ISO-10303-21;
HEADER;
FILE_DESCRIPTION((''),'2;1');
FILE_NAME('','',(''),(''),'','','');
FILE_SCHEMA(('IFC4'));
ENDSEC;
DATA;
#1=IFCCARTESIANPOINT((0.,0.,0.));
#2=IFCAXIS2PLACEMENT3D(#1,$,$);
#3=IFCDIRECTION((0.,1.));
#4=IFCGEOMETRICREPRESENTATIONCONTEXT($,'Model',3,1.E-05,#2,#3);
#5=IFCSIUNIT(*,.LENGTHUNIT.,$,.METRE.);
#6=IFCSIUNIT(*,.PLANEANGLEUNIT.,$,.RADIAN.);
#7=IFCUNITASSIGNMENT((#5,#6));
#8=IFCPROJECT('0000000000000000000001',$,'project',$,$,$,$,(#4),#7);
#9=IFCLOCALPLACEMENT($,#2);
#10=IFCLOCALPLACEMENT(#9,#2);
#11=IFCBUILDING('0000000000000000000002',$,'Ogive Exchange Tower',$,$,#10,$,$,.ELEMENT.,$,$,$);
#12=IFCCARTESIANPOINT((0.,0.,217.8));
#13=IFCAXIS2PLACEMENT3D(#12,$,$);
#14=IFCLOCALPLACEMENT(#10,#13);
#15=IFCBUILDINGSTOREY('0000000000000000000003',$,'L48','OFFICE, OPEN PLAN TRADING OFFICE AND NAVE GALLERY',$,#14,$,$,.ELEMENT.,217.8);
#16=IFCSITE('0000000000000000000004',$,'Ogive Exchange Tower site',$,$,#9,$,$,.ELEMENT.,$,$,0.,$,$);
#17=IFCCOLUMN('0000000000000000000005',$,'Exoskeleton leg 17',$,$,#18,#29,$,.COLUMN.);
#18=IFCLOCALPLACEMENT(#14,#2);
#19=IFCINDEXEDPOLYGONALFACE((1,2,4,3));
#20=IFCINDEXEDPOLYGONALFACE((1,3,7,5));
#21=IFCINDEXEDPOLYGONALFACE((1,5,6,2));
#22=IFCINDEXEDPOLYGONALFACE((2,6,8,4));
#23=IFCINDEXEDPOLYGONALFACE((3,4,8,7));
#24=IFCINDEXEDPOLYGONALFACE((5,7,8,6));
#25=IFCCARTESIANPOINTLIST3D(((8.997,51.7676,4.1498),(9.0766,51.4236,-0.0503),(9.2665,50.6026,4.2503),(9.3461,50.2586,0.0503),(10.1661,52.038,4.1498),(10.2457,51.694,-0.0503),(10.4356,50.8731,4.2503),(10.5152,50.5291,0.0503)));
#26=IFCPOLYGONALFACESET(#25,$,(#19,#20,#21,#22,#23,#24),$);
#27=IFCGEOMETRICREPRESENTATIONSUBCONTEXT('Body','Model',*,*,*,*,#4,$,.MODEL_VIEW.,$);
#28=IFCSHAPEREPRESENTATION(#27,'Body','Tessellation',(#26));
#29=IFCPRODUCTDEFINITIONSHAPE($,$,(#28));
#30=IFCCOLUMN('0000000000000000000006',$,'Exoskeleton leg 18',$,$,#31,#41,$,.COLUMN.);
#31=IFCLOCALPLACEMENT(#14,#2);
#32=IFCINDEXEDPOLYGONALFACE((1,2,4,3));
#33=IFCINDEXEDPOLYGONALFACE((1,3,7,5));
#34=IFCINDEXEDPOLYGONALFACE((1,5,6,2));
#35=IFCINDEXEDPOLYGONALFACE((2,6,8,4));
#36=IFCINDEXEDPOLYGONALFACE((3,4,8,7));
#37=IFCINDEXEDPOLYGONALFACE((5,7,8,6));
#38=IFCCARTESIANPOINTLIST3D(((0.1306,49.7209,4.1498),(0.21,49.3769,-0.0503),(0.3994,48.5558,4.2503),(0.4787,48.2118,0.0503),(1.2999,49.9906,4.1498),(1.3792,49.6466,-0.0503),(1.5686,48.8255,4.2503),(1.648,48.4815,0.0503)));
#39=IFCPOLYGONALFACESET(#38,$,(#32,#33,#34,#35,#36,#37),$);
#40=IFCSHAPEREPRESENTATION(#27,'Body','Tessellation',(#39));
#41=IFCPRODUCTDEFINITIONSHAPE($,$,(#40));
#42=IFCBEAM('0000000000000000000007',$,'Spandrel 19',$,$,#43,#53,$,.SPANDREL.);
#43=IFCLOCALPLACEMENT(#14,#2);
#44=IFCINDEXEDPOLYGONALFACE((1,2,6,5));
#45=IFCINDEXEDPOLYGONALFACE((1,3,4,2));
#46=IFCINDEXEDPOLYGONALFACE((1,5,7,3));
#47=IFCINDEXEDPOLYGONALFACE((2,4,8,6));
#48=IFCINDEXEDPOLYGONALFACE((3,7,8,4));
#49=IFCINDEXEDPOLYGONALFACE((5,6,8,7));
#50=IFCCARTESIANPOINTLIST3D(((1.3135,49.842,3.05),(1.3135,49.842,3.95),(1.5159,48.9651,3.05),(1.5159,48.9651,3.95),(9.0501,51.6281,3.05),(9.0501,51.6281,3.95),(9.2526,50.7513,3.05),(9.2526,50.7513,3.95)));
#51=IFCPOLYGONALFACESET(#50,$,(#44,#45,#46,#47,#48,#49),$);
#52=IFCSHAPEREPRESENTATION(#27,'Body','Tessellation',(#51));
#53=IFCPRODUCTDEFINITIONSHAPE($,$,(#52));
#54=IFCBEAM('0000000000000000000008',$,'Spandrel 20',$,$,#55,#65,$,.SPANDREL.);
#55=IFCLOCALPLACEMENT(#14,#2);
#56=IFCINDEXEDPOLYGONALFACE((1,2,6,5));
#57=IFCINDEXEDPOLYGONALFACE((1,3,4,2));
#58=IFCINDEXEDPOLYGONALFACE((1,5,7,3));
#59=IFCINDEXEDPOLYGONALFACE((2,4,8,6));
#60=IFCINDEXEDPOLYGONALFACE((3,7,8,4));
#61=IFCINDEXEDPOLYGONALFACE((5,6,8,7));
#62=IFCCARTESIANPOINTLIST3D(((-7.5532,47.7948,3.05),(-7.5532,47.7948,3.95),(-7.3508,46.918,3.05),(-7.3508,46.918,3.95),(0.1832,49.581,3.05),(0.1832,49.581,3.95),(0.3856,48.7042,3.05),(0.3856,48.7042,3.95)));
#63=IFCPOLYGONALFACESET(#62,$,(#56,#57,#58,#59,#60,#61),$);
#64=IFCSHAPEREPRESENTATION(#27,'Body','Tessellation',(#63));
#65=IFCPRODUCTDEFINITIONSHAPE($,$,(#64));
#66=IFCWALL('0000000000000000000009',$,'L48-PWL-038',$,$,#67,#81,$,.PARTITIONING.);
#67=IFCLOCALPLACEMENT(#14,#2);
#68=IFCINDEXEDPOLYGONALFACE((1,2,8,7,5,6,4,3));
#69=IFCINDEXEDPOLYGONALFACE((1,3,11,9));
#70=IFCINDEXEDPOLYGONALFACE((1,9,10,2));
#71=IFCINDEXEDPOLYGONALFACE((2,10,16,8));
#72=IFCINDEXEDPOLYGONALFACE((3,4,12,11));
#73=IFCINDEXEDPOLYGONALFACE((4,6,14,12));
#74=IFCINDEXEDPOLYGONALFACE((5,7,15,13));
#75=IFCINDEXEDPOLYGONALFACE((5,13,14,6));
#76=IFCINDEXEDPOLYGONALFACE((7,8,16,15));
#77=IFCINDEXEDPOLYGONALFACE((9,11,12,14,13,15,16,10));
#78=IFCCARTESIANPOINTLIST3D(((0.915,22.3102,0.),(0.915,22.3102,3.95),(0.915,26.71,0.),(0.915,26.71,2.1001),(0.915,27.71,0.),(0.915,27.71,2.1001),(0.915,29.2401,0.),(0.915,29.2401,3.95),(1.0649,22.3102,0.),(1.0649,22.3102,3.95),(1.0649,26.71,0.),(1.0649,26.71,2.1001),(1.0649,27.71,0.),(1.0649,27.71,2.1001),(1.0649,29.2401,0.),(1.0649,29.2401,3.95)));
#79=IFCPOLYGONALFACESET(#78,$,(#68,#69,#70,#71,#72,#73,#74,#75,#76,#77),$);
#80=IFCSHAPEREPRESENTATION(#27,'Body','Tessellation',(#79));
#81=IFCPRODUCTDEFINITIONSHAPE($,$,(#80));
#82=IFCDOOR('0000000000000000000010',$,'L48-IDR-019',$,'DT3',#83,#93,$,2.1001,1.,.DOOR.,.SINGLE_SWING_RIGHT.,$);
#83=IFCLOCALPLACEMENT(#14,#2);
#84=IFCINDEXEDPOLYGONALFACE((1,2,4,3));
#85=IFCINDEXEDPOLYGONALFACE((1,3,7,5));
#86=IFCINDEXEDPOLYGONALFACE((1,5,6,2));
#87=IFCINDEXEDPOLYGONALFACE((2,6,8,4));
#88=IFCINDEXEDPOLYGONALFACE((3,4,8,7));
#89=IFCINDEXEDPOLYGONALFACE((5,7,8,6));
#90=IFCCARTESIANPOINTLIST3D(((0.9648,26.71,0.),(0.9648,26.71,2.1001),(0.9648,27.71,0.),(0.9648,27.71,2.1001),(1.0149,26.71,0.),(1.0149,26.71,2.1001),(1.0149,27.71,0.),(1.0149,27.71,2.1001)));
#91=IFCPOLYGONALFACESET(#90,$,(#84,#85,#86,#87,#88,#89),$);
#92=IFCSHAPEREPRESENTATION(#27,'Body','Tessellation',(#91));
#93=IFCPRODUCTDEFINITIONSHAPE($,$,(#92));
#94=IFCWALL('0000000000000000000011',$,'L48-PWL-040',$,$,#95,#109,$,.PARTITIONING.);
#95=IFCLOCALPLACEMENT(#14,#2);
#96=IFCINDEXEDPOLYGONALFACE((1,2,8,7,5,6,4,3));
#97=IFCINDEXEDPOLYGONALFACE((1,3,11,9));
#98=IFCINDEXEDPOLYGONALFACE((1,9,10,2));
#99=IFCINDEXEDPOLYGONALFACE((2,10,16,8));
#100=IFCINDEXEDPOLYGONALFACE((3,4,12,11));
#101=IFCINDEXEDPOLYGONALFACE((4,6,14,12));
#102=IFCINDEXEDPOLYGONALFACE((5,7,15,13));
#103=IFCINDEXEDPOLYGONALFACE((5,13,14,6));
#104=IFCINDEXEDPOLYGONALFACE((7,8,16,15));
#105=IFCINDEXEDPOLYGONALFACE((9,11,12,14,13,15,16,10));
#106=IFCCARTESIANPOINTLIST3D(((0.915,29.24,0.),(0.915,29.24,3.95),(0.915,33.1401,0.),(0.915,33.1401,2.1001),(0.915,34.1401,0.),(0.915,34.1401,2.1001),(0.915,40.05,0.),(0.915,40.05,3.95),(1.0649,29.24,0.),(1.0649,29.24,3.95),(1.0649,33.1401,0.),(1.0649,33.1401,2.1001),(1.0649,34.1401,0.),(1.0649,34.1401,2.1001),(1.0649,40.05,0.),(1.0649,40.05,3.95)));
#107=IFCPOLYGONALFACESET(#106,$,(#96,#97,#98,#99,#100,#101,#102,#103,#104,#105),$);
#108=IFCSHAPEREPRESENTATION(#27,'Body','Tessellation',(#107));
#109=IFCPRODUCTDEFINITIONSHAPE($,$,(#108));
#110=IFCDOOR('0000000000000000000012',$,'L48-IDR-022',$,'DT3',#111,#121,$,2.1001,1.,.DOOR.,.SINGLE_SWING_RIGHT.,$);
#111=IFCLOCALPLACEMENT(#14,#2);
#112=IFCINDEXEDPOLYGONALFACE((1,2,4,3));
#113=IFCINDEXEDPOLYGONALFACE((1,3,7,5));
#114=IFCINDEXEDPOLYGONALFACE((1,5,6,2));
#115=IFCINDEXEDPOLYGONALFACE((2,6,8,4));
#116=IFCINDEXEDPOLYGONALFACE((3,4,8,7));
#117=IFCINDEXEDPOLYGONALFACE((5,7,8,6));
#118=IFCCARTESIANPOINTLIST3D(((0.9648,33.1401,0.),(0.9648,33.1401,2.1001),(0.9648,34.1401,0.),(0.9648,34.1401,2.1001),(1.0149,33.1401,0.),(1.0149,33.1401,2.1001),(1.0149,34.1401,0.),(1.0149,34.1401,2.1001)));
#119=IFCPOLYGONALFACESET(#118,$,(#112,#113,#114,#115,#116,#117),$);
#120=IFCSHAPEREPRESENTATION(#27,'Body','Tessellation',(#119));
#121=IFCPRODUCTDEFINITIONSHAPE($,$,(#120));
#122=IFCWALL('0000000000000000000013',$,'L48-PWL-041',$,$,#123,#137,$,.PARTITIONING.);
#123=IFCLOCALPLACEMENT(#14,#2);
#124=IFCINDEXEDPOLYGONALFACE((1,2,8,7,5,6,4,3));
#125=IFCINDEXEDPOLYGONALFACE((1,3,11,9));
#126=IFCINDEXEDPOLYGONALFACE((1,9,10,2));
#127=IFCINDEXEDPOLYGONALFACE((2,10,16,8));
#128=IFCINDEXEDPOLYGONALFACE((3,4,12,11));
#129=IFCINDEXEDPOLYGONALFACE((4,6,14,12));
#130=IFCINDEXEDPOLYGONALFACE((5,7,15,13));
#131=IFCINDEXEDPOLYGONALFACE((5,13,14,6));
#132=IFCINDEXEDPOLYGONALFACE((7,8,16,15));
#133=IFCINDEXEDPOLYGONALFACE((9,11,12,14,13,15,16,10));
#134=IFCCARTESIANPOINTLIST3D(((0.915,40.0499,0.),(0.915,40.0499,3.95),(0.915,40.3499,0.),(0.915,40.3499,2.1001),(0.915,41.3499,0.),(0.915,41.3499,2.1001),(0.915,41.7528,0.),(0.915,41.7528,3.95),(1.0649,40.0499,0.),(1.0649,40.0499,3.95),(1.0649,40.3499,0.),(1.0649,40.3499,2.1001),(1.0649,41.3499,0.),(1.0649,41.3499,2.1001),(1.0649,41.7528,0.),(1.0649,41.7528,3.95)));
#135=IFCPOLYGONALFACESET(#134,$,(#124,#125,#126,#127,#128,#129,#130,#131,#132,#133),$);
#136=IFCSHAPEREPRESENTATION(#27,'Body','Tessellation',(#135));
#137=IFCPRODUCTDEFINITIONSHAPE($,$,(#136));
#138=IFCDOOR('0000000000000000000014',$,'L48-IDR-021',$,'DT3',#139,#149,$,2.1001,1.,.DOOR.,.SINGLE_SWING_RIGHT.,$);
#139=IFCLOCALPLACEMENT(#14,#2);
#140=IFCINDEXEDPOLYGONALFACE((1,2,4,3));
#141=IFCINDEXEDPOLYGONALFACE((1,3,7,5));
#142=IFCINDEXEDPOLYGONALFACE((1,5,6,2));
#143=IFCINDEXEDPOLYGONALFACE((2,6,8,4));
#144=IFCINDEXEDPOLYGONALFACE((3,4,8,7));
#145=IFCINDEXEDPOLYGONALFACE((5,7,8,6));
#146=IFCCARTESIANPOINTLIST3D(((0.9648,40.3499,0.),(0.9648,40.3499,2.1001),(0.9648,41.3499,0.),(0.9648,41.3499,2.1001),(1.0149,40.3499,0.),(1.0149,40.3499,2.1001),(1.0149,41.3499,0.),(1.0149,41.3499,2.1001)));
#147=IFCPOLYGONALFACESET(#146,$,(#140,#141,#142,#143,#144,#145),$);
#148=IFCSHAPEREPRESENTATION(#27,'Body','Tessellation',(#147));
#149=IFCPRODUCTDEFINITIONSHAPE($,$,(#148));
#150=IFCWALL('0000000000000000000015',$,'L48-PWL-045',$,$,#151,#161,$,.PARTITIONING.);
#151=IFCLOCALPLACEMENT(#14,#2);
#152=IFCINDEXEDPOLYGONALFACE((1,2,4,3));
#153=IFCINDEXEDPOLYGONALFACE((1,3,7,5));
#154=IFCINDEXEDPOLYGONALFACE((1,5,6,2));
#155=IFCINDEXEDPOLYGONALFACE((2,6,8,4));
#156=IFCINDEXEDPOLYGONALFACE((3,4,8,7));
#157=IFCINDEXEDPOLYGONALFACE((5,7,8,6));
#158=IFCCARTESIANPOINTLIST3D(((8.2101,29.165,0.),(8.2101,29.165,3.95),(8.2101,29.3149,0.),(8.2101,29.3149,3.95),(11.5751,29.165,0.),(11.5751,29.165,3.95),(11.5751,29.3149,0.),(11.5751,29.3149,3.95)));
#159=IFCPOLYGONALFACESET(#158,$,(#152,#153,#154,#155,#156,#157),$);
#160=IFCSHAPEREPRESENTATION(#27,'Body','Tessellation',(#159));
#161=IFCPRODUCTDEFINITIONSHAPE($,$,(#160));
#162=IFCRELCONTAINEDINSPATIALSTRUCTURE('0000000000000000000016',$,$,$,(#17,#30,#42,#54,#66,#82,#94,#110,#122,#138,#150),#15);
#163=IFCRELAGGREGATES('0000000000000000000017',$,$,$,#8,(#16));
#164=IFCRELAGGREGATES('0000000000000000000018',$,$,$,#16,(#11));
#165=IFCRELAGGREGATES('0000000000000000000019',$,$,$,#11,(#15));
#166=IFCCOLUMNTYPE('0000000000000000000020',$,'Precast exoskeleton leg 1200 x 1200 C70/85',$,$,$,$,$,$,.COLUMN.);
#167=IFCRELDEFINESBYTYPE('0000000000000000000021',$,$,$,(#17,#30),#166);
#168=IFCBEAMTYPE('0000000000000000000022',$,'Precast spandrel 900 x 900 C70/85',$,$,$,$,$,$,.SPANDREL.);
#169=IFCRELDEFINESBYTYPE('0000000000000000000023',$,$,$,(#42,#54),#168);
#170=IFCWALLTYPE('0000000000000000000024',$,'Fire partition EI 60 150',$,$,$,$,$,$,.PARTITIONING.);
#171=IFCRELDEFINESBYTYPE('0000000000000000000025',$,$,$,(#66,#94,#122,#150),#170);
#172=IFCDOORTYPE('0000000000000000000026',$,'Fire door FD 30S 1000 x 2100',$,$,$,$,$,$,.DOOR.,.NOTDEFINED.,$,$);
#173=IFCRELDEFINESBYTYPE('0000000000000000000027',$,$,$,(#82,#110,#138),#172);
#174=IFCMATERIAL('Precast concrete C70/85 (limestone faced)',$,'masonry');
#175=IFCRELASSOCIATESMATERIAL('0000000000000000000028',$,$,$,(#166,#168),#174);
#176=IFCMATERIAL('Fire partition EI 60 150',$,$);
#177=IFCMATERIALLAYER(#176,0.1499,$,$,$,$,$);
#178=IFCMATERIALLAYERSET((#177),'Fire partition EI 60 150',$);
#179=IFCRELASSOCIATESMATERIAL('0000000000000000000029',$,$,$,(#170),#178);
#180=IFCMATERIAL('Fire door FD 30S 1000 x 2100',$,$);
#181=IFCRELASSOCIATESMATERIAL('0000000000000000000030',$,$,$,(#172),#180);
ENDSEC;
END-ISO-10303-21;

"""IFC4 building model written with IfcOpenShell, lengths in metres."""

from ifc_helpers import new_model, si_unit, direction, frame, frame_2d, origin, origin_2d, place, context, subcontext, project, spatial, rectangle, extrude, material, layer, layer_set, material_profile, profile_set, type_object, element, fill, save


model = new_model("IFC4")

# Units and contexts
model_context = context("Model", 3, precision=1e-05, world=origin(), true_north=direction((0.0, 1.0)))
body_context = subcontext(model_context, "Body", "Model", "MODEL_VIEW")
ifc_project = project(units=[si_unit("LENGTHUNIT", "METRE"), si_unit("PLANEANGLEUNIT", "RADIAN")], contexts=[model_context])

# Site, building, storey
site_placement = place(None, origin())
site = spatial("IfcSite", under=ifc_project, at=site_placement, Name="Ogive Exchange Tower site", CompositionType="ELEMENT", RefElevation=0.0)
building_placement = place(site_placement, origin())
building = spatial("IfcBuilding", under=site, at=building_placement, Name="Ogive Exchange Tower", CompositionType="ELEMENT")
storey_placement = place(building_placement, frame((0.0, 0.0, 217.8)))
storey = spatial("IfcBuildingStorey", under=building, at=storey_placement, Name="L48", Description="OFFICE, OPEN PLAN TRADING OFFICE AND NAVE GALLERY", CompositionType="ELEMENT", Elevation=217.8)

# Columns
ifc_material_1 = material(Name="Precast concrete C70/85 (limestone faced)", Category="masonry")
ifc_material_profile_1 = material_profile(ifc_material_1, rectangle(XDim=1.2, YDim=1.2, at=origin_2d()), Name="1200 x 1200")
ifc_profile_set_1 = profile_set([ifc_material_profile_1], Name="Precast concrete C70/85 (limestone faced)")
column_type = type_object("IfcColumnType", Name="Precast exoskeleton leg 1200 x 1200 C70/85", PredefinedType="COLUMN", material=ifc_profile_set_1)
for number, where, z_axis, x_axis, name in (
    (1, (9.7959, 50.9763, 0.0), (-0.018884, 0.081616, 0.996485), (-0.974263, -0.225415, 0.0), "Exoskeleton leg 17"),
    (2, (0.929, 48.9292, 0.0), (-0.018826, 0.081617, 0.996486), (-0.974415, -0.224758, 0.0), "Exoskeleton leg 18"),
):
    element("IfcColumn", number, at=place(storey_placement, frame(where, z_axis=z_axis, x_axis=x_axis)), inside=storey, type_object=column_type, Name=name, PredefinedType="COLUMN", context=body_context, shape_type="SweptSolid", body=[
        extrude(rectangle(XDim=1.2, YDim=1.2, at=origin_2d()), origin(), (0.0, 0.0, 1.0), 4.2148),
    ])

# Beams
ifc_material_profile_2 = material_profile(ifc_material_1, rectangle(XDim=0.8999, YDim=0.8999, at=origin_2d()), Name="900 x 900")
ifc_profile_set_2 = profile_set([ifc_material_profile_2], Name="Precast concrete C70/85 (limestone faced)")
beam_type = type_object("IfcBeamType", Name="Precast spandrel 900 x 900 C70/85", PredefinedType="SPANDREL", material=ifc_profile_set_2)
beam_1_placement = place(storey_placement, frame((9.1514, 51.1897, 3.5), z_axis=(-0.97437, -0.224952, 0.0), x_axis=(0.224952, -0.97437, 0.0)))
element("IfcBeam", 3, at=beam_1_placement, inside=storey, type_object=beam_type, Name="Spandrel 19", PredefinedType="SPANDREL", context=body_context, shape_type="SweptSolid", body=[
    extrude(rectangle(XDim=0.8999, YDim=0.8999, at=origin_2d()), origin(), (0.0, 0.0, 1.0), 7.9402),
])
beam_2_placement = place(storey_placement, frame((0.2844, 49.1426, 3.5), z_axis=(-0.974368, -0.224958, 0.0), x_axis=(0.224958, -0.974368, 0.0)))
element("IfcBeam", 4, at=beam_2_placement, inside=storey, type_object=beam_type, Name="Spandrel 20", PredefinedType="SPANDREL", context=body_context, shape_type="SweptSolid", body=[
    extrude(rectangle(XDim=0.8999, YDim=0.8999, at=origin_2d()), origin(), (0.0, 0.0, 1.0), 7.9399),
])

# Walls, openings, doors
ifc_material_2 = material(Name="Fire partition EI 60 150")
ifc_layer_1 = layer(ifc_material_2, 0.1499)
ifc_layer_set_1 = layer_set([ifc_layer_1], Name="Fire partition EI 60 150")
wall_type_1 = type_object("IfcWallType", Name="Fire partition EI 60 150", PredefinedType="PARTITIONING", material=ifc_layer_set_1)
wall_1_placement = place(storey_placement, frame((0.99, 29.24, 0.0), z_axis=(0.0, 0.0, 1.0), x_axis=(0.0, -1.0, 0.0)))
wall_1 = element("IfcWall", 5, at=wall_1_placement, inside=storey, type_object=wall_type_1, Name="L48-PWL-038", PredefinedType="PARTITIONING", context=body_context, shape_type="SweptSolid", body=[
    extrude(rectangle(XDim=6.9299, YDim=0.1499, at=frame_2d((3.4648, 0.0))), origin(), (0.0, 0.0, 1.0), 3.95),
])
opening_1_placement = place(wall_1_placement, frame((1.53, 0.0, 0.0)))
opening_1 = element("IfcOpeningElement", 6, at=opening_1_placement, cuts=wall_1, PredefinedType="OPENING", context=body_context, shape_type="SweptSolid", body=[
    extrude(rectangle(XDim=1.0, YDim=2.1001, at=frame_2d((0.5, 1.05))), frame((0.0, 0.085, 0.0), z_axis=(0.0, -1.0, 0.0), x_axis=(1.0, 0.0, 0.0)), (0.0, 0.0, 1.0), 0.1699),
])
ifc_material_3 = material(Name="Fire door FD 30S 1000 x 2100")
door_type_1 = type_object("IfcDoorType", Name="Fire door FD 30S 1000 x 2100", OperationType="NOTDEFINED", PredefinedType="DOOR", material=ifc_material_3)
door_1_placement = place(opening_1_placement, origin())
door_1 = element("IfcDoor", 7, at=door_1_placement, inside=storey, type_object=door_type_1, Name="L48-IDR-019", ObjectType="DT3", OperationType="SINGLE_SWING_RIGHT", OverallHeight=2.1001, OverallWidth=1.0, PredefinedType="DOOR", context=body_context, shape_type="SweptSolid", body=[
    extrude(rectangle(XDim=1.0, YDim=2.1001, at=frame_2d((0.5, 1.05))), frame((0.0, 0.0249, 0.0), z_axis=(0.0, -1.0, 0.0), x_axis=(1.0, 0.0, 0.0)), (0.0, 0.0, 1.0), 0.05),
])
fill(opening_1, door_1)
wall_2_placement = place(storey_placement, frame((0.99, 40.05, 0.0), z_axis=(0.0, 0.0, 1.0), x_axis=(0.0, -1.0, 0.0)))
wall_2 = element("IfcWall", 8, at=wall_2_placement, inside=storey, type_object=wall_type_1, Name="L48-PWL-040", PredefinedType="PARTITIONING", context=body_context, shape_type="SweptSolid", body=[
    extrude(rectangle(XDim=10.8101, YDim=0.1499, at=frame_2d((5.405, 0.0))), origin(), (0.0, 0.0, 1.0), 3.95),
])
opening_2_placement = place(wall_2_placement, frame((5.9099, 0.0, 0.0)))
opening_2 = element("IfcOpeningElement", 9, at=opening_2_placement, cuts=wall_2, PredefinedType="OPENING", context=body_context, shape_type="SweptSolid", body=[
    extrude(rectangle(XDim=1.0, YDim=2.1001, at=frame_2d((0.5, 1.05))), frame((0.0, 0.085, 0.0), z_axis=(0.0, -1.0, 0.0), x_axis=(1.0, 0.0, 0.0)), (0.0, 0.0, 1.0), 0.1699),
])
door_2_placement = place(opening_2_placement, origin())
door_2 = element("IfcDoor", 10, at=door_2_placement, inside=storey, type_object=door_type_1, Name="L48-IDR-022", ObjectType="DT3", OperationType="SINGLE_SWING_RIGHT", OverallHeight=2.1001, OverallWidth=1.0, PredefinedType="DOOR", context=body_context, shape_type="SweptSolid", body=[
    extrude(rectangle(XDim=1.0, YDim=2.1001, at=frame_2d((0.5, 1.05))), frame((0.0, 0.0249, 0.0), z_axis=(0.0, -1.0, 0.0), x_axis=(1.0, 0.0, 0.0)), (0.0, 0.0, 1.0), 0.05),
])
fill(opening_2, door_2)
wall_3_placement = place(storey_placement, frame((0.99, 41.7529, 0.0), z_axis=(0.0, 0.0, 1.0), x_axis=(0.0, -1.0, 0.0)))
wall_3 = element("IfcWall", 11, at=wall_3_placement, inside=storey, type_object=wall_type_1, Name="L48-PWL-041", PredefinedType="PARTITIONING", context=body_context, shape_type="SweptSolid", body=[
    extrude(rectangle(XDim=1.7029, YDim=0.1499, at=frame_2d((0.8516, 0.0))), origin(), (0.0, 0.0, 1.0), 3.95),
])
opening_3_placement = place(wall_3_placement, frame((0.4031, 0.0, 0.0)))
opening_3 = element("IfcOpeningElement", 12, at=opening_3_placement, cuts=wall_3, PredefinedType="OPENING", context=body_context, shape_type="SweptSolid", body=[
    extrude(rectangle(XDim=1.0, YDim=2.1001, at=frame_2d((0.5, 1.05))), frame((0.0, 0.085, 0.0), z_axis=(0.0, -1.0, 0.0), x_axis=(1.0, 0.0, 0.0)), (0.0, 0.0, 1.0), 0.1699),
])
door_3_placement = place(opening_3_placement, origin())
door_3 = element("IfcDoor", 13, at=door_3_placement, inside=storey, type_object=door_type_1, Name="L48-IDR-021", ObjectType="DT3", OperationType="SINGLE_SWING_RIGHT", OverallHeight=2.1001, OverallWidth=1.0, PredefinedType="DOOR", context=body_context, shape_type="SweptSolid", body=[
    extrude(rectangle(XDim=1.0, YDim=2.1001, at=frame_2d((0.5, 1.05))), frame((0.0, 0.0249, 0.0), z_axis=(0.0, -1.0, 0.0), x_axis=(1.0, 0.0, 0.0)), (0.0, 0.0, 1.0), 0.05),
])
fill(opening_3, door_3)

# Wall
wall_4_placement = place(storey_placement, frame((8.21, 29.24, 0.0), z_axis=(0.0, 0.0, 1.0), x_axis=(1.0, 0.0, 0.0)))
element("IfcWall", 14, at=wall_4_placement, inside=storey, type_object=wall_type_1, Name="L48-PWL-045", PredefinedType="PARTITIONING", context=body_context, shape_type="SweptSolid", body=[
    extrude(rectangle(XDim=3.365, YDim=0.1499, at=frame_2d((1.6826, 0.0))), origin(), (0.0, 0.0, 1.0), 3.95),
])

save(model, "model.ifc")
